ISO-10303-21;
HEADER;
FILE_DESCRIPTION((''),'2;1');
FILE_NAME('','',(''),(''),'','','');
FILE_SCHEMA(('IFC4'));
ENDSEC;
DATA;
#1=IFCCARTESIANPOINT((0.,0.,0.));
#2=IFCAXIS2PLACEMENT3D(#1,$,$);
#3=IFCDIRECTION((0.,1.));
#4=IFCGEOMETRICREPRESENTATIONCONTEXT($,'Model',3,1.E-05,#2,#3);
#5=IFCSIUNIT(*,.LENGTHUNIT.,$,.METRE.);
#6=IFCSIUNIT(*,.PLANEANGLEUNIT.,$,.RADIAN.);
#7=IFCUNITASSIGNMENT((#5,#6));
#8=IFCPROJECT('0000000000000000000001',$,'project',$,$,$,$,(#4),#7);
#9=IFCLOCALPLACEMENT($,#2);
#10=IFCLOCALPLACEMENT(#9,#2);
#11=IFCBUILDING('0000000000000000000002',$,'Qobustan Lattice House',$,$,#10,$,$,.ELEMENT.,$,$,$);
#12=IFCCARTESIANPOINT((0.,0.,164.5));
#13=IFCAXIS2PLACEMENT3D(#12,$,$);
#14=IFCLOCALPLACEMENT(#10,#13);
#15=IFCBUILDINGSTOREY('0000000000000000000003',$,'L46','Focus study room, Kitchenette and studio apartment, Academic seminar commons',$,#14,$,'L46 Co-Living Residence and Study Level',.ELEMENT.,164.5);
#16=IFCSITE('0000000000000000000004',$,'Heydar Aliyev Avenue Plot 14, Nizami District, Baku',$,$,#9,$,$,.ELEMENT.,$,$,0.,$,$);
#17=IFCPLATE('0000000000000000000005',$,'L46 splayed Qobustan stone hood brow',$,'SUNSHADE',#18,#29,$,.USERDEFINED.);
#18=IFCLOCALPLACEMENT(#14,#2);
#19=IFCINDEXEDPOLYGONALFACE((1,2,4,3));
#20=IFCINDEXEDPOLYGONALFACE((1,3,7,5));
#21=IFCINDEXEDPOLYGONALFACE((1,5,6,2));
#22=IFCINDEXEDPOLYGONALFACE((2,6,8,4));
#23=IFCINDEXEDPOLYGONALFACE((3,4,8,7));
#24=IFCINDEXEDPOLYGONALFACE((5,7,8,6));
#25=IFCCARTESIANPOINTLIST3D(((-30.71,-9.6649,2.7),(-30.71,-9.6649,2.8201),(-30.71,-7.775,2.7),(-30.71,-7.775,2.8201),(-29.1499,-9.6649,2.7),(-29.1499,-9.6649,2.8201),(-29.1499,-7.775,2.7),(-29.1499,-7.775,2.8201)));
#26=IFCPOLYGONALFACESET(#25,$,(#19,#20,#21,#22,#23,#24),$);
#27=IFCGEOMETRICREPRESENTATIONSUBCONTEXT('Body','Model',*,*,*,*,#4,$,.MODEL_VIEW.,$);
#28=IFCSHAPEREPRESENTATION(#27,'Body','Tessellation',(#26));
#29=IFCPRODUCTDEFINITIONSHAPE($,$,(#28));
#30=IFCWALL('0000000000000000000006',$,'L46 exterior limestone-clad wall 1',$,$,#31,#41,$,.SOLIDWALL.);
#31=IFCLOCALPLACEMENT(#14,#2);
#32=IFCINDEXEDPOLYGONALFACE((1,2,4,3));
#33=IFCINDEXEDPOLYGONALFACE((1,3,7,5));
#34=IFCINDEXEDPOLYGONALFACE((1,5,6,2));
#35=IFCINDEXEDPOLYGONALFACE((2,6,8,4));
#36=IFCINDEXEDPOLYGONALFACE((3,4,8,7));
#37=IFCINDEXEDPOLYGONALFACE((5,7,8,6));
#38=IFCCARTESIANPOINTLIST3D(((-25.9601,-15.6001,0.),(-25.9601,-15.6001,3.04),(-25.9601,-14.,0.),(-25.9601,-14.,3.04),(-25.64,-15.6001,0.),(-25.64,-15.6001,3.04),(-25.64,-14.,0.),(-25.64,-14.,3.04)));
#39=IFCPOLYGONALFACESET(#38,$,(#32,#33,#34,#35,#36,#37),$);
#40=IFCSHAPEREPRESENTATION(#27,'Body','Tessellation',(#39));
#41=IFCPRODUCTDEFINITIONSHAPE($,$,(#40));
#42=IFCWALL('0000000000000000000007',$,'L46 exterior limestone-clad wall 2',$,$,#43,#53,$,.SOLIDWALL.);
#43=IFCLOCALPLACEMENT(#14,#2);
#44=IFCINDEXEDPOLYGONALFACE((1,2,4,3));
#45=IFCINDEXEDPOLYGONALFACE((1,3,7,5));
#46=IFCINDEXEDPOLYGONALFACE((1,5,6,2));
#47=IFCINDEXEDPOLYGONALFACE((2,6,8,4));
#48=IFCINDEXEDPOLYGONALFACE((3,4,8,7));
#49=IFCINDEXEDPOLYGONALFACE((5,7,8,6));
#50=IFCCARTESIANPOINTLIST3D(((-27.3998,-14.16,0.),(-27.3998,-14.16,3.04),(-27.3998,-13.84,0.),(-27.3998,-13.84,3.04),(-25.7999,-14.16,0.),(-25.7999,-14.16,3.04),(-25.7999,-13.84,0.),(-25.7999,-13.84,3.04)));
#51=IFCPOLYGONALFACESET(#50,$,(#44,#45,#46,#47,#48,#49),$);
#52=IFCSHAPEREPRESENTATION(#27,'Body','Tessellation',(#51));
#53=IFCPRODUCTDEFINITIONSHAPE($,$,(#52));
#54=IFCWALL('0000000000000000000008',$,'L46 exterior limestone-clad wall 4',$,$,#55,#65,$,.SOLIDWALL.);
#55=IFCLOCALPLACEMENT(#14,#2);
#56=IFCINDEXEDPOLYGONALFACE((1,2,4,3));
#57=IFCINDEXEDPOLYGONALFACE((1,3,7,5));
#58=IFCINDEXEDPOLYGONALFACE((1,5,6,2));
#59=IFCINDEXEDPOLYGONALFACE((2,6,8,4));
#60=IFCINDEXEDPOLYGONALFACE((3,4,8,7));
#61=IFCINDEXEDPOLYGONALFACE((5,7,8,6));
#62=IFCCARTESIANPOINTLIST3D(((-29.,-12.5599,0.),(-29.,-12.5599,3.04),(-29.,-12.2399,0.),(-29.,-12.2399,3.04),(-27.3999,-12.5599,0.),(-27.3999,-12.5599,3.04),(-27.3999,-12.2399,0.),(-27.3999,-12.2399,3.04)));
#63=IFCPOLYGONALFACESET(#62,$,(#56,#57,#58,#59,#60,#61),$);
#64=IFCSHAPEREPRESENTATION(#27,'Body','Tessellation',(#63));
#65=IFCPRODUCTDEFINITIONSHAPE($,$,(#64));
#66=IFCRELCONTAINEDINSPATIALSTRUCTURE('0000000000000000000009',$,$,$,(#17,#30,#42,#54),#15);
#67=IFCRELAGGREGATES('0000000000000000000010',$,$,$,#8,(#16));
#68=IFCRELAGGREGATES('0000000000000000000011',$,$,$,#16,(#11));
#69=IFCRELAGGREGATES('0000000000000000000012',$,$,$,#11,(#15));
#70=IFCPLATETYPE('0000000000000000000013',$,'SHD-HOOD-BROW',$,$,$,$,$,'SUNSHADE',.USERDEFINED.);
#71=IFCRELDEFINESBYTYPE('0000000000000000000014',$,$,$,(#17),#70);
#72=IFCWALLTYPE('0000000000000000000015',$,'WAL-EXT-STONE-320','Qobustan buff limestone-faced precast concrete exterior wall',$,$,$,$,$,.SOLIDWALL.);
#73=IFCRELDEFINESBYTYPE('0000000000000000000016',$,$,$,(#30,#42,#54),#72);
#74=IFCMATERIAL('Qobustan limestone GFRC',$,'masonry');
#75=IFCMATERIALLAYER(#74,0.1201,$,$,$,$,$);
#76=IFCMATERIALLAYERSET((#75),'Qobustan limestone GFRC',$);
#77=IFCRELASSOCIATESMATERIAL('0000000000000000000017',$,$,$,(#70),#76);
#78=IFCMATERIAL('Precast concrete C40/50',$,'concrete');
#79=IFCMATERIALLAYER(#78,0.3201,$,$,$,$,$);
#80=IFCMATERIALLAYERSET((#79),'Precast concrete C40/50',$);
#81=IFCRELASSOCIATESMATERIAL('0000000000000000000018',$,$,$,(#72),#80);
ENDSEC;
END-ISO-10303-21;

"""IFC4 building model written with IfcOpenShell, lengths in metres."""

from ifc_helpers import new_model, si_unit, direction, frame, frame_2d, origin, origin_2d, place, context, subcontext, project, spatial, rectangle, extrude, material, layer, layer_set, type_object, element, save


model = new_model("IFC4")

# Units and contexts
model_context = context("Model", 3, precision=1e-05, world=origin(), true_north=direction((0.0, 1.0)))
body_context = subcontext(model_context, "Body", "Model", "MODEL_VIEW")
ifc_project = project(units=[si_unit("LENGTHUNIT", "METRE"), si_unit("PLANEANGLEUNIT", "RADIAN")], contexts=[model_context])

# Site, building, storey
site_placement = place(None, origin())
site = spatial("IfcSite", under=ifc_project, at=site_placement, Name="Heydar Aliyev Avenue Plot 14, Nizami District, Baku", CompositionType="ELEMENT", RefElevation=0.0)
building_placement = place(site_placement, origin())
building = spatial("IfcBuilding", under=site, at=building_placement, Name="Qobustan Lattice House", CompositionType="ELEMENT")
storey_placement = place(building_placement, frame((0.0, 0.0, 164.5)))
storey = spatial("IfcBuildingStorey", under=building, at=storey_placement, Name="L46", Description="Focus study room, Kitchenette and studio apartment, Academic seminar commons", LongName="L46 Co-Living Residence and Study Level", CompositionType="ELEMENT", Elevation=164.5)

# Plate
ifc_material_1 = material(Name="Qobustan limestone GFRC", Category="masonry")
ifc_layer_1 = layer(ifc_material_1, 0.1201)
ifc_layer_set_1 = layer_set([ifc_layer_1], Name="Qobustan limestone GFRC")
plate_type_1 = type_object("IfcPlateType", Name="SHD-HOOD-BROW", ElementType="SUNSHADE", PredefinedType="USERDEFINED", material=ifc_layer_set_1)
plate_1_placement = place(storey_placement, frame((-29.9299, -8.72, 2.7), z_axis=(0.0, 0.0, 1.0), x_axis=(0.0, 1.0, 0.0)))
element("IfcPlate", 1, at=plate_1_placement, inside=storey, type_object=plate_type_1, Name="L46 splayed Qobustan stone hood brow", ObjectType="SUNSHADE", PredefinedType="USERDEFINED", context=body_context, shape_type="SweptSolid", body=[
    extrude(rectangle(XDim=1.8899, YDim=1.5601, at=origin_2d()), origin(), (0.0, 0.0, 1.0), 0.1201),
])

# Walls
ifc_material_2 = material(Name="Precast concrete C40/50", Category="concrete")
ifc_layer_2 = layer(ifc_material_2, 0.3201)
ifc_layer_set_2 = layer_set([ifc_layer_2], Name="Precast concrete C40/50")
wall_type = type_object("IfcWallType", Name="WAL-EXT-STONE-320", Description="Qobustan buff limestone-faced precast concrete exterior wall", PredefinedType="SOLIDWALL", material=ifc_layer_set_2)
wall_1_placement = place(storey_placement, frame((-25.8, -15.6001, 0.0), z_axis=(0.0, 0.0, 1.0), x_axis=(0.0, 1.0, 0.0)))
element("IfcWall", 2, at=wall_1_placement, inside=storey, type_object=wall_type, Name="L46 exterior limestone-clad wall 1", PredefinedType="SOLIDWALL", context=body_context, shape_type="SweptSolid", body=[
    extrude(rectangle(XDim=1.6001, YDim=0.3201, at=frame_2d((0.8, 0.0))), origin(), (0.0, 0.0, 1.0), 3.04),
])
wall_2_placement = place(storey_placement, frame((-25.8, -14.0, 0.0), z_axis=(0.0, 0.0, 1.0), x_axis=(-1.0, 0.0, 0.0)))
element("IfcWall", 3, at=wall_2_placement, inside=storey, type_object=wall_type, Name="L46 exterior limestone-clad wall 2", PredefinedType="SOLIDWALL", context=body_context, shape_type="SweptSolid", body=[
    extrude(rectangle(XDim=1.5999, YDim=0.3201, at=frame_2d((0.7998, 0.0))), origin(), (0.0, 0.0, 1.0), 3.04),
])
wall_3_placement = place(storey_placement, frame((-27.3999, -12.3999, 0.0), z_axis=(0.0, 0.0, 1.0), x_axis=(-1.0, 0.0, 0.0)))
element("IfcWall", 4, at=wall_3_placement, inside=storey, type_object=wall_type, Name="L46 exterior limestone-clad wall 4", PredefinedType="SOLIDWALL", context=body_context, shape_type="SweptSolid", body=[
    extrude(rectangle(XDim=1.6001, YDim=0.3201, at=frame_2d((0.8, 0.0))), origin(), (0.0, 0.0, 1.0), 3.04),
])

save(model, "model.ifc")
